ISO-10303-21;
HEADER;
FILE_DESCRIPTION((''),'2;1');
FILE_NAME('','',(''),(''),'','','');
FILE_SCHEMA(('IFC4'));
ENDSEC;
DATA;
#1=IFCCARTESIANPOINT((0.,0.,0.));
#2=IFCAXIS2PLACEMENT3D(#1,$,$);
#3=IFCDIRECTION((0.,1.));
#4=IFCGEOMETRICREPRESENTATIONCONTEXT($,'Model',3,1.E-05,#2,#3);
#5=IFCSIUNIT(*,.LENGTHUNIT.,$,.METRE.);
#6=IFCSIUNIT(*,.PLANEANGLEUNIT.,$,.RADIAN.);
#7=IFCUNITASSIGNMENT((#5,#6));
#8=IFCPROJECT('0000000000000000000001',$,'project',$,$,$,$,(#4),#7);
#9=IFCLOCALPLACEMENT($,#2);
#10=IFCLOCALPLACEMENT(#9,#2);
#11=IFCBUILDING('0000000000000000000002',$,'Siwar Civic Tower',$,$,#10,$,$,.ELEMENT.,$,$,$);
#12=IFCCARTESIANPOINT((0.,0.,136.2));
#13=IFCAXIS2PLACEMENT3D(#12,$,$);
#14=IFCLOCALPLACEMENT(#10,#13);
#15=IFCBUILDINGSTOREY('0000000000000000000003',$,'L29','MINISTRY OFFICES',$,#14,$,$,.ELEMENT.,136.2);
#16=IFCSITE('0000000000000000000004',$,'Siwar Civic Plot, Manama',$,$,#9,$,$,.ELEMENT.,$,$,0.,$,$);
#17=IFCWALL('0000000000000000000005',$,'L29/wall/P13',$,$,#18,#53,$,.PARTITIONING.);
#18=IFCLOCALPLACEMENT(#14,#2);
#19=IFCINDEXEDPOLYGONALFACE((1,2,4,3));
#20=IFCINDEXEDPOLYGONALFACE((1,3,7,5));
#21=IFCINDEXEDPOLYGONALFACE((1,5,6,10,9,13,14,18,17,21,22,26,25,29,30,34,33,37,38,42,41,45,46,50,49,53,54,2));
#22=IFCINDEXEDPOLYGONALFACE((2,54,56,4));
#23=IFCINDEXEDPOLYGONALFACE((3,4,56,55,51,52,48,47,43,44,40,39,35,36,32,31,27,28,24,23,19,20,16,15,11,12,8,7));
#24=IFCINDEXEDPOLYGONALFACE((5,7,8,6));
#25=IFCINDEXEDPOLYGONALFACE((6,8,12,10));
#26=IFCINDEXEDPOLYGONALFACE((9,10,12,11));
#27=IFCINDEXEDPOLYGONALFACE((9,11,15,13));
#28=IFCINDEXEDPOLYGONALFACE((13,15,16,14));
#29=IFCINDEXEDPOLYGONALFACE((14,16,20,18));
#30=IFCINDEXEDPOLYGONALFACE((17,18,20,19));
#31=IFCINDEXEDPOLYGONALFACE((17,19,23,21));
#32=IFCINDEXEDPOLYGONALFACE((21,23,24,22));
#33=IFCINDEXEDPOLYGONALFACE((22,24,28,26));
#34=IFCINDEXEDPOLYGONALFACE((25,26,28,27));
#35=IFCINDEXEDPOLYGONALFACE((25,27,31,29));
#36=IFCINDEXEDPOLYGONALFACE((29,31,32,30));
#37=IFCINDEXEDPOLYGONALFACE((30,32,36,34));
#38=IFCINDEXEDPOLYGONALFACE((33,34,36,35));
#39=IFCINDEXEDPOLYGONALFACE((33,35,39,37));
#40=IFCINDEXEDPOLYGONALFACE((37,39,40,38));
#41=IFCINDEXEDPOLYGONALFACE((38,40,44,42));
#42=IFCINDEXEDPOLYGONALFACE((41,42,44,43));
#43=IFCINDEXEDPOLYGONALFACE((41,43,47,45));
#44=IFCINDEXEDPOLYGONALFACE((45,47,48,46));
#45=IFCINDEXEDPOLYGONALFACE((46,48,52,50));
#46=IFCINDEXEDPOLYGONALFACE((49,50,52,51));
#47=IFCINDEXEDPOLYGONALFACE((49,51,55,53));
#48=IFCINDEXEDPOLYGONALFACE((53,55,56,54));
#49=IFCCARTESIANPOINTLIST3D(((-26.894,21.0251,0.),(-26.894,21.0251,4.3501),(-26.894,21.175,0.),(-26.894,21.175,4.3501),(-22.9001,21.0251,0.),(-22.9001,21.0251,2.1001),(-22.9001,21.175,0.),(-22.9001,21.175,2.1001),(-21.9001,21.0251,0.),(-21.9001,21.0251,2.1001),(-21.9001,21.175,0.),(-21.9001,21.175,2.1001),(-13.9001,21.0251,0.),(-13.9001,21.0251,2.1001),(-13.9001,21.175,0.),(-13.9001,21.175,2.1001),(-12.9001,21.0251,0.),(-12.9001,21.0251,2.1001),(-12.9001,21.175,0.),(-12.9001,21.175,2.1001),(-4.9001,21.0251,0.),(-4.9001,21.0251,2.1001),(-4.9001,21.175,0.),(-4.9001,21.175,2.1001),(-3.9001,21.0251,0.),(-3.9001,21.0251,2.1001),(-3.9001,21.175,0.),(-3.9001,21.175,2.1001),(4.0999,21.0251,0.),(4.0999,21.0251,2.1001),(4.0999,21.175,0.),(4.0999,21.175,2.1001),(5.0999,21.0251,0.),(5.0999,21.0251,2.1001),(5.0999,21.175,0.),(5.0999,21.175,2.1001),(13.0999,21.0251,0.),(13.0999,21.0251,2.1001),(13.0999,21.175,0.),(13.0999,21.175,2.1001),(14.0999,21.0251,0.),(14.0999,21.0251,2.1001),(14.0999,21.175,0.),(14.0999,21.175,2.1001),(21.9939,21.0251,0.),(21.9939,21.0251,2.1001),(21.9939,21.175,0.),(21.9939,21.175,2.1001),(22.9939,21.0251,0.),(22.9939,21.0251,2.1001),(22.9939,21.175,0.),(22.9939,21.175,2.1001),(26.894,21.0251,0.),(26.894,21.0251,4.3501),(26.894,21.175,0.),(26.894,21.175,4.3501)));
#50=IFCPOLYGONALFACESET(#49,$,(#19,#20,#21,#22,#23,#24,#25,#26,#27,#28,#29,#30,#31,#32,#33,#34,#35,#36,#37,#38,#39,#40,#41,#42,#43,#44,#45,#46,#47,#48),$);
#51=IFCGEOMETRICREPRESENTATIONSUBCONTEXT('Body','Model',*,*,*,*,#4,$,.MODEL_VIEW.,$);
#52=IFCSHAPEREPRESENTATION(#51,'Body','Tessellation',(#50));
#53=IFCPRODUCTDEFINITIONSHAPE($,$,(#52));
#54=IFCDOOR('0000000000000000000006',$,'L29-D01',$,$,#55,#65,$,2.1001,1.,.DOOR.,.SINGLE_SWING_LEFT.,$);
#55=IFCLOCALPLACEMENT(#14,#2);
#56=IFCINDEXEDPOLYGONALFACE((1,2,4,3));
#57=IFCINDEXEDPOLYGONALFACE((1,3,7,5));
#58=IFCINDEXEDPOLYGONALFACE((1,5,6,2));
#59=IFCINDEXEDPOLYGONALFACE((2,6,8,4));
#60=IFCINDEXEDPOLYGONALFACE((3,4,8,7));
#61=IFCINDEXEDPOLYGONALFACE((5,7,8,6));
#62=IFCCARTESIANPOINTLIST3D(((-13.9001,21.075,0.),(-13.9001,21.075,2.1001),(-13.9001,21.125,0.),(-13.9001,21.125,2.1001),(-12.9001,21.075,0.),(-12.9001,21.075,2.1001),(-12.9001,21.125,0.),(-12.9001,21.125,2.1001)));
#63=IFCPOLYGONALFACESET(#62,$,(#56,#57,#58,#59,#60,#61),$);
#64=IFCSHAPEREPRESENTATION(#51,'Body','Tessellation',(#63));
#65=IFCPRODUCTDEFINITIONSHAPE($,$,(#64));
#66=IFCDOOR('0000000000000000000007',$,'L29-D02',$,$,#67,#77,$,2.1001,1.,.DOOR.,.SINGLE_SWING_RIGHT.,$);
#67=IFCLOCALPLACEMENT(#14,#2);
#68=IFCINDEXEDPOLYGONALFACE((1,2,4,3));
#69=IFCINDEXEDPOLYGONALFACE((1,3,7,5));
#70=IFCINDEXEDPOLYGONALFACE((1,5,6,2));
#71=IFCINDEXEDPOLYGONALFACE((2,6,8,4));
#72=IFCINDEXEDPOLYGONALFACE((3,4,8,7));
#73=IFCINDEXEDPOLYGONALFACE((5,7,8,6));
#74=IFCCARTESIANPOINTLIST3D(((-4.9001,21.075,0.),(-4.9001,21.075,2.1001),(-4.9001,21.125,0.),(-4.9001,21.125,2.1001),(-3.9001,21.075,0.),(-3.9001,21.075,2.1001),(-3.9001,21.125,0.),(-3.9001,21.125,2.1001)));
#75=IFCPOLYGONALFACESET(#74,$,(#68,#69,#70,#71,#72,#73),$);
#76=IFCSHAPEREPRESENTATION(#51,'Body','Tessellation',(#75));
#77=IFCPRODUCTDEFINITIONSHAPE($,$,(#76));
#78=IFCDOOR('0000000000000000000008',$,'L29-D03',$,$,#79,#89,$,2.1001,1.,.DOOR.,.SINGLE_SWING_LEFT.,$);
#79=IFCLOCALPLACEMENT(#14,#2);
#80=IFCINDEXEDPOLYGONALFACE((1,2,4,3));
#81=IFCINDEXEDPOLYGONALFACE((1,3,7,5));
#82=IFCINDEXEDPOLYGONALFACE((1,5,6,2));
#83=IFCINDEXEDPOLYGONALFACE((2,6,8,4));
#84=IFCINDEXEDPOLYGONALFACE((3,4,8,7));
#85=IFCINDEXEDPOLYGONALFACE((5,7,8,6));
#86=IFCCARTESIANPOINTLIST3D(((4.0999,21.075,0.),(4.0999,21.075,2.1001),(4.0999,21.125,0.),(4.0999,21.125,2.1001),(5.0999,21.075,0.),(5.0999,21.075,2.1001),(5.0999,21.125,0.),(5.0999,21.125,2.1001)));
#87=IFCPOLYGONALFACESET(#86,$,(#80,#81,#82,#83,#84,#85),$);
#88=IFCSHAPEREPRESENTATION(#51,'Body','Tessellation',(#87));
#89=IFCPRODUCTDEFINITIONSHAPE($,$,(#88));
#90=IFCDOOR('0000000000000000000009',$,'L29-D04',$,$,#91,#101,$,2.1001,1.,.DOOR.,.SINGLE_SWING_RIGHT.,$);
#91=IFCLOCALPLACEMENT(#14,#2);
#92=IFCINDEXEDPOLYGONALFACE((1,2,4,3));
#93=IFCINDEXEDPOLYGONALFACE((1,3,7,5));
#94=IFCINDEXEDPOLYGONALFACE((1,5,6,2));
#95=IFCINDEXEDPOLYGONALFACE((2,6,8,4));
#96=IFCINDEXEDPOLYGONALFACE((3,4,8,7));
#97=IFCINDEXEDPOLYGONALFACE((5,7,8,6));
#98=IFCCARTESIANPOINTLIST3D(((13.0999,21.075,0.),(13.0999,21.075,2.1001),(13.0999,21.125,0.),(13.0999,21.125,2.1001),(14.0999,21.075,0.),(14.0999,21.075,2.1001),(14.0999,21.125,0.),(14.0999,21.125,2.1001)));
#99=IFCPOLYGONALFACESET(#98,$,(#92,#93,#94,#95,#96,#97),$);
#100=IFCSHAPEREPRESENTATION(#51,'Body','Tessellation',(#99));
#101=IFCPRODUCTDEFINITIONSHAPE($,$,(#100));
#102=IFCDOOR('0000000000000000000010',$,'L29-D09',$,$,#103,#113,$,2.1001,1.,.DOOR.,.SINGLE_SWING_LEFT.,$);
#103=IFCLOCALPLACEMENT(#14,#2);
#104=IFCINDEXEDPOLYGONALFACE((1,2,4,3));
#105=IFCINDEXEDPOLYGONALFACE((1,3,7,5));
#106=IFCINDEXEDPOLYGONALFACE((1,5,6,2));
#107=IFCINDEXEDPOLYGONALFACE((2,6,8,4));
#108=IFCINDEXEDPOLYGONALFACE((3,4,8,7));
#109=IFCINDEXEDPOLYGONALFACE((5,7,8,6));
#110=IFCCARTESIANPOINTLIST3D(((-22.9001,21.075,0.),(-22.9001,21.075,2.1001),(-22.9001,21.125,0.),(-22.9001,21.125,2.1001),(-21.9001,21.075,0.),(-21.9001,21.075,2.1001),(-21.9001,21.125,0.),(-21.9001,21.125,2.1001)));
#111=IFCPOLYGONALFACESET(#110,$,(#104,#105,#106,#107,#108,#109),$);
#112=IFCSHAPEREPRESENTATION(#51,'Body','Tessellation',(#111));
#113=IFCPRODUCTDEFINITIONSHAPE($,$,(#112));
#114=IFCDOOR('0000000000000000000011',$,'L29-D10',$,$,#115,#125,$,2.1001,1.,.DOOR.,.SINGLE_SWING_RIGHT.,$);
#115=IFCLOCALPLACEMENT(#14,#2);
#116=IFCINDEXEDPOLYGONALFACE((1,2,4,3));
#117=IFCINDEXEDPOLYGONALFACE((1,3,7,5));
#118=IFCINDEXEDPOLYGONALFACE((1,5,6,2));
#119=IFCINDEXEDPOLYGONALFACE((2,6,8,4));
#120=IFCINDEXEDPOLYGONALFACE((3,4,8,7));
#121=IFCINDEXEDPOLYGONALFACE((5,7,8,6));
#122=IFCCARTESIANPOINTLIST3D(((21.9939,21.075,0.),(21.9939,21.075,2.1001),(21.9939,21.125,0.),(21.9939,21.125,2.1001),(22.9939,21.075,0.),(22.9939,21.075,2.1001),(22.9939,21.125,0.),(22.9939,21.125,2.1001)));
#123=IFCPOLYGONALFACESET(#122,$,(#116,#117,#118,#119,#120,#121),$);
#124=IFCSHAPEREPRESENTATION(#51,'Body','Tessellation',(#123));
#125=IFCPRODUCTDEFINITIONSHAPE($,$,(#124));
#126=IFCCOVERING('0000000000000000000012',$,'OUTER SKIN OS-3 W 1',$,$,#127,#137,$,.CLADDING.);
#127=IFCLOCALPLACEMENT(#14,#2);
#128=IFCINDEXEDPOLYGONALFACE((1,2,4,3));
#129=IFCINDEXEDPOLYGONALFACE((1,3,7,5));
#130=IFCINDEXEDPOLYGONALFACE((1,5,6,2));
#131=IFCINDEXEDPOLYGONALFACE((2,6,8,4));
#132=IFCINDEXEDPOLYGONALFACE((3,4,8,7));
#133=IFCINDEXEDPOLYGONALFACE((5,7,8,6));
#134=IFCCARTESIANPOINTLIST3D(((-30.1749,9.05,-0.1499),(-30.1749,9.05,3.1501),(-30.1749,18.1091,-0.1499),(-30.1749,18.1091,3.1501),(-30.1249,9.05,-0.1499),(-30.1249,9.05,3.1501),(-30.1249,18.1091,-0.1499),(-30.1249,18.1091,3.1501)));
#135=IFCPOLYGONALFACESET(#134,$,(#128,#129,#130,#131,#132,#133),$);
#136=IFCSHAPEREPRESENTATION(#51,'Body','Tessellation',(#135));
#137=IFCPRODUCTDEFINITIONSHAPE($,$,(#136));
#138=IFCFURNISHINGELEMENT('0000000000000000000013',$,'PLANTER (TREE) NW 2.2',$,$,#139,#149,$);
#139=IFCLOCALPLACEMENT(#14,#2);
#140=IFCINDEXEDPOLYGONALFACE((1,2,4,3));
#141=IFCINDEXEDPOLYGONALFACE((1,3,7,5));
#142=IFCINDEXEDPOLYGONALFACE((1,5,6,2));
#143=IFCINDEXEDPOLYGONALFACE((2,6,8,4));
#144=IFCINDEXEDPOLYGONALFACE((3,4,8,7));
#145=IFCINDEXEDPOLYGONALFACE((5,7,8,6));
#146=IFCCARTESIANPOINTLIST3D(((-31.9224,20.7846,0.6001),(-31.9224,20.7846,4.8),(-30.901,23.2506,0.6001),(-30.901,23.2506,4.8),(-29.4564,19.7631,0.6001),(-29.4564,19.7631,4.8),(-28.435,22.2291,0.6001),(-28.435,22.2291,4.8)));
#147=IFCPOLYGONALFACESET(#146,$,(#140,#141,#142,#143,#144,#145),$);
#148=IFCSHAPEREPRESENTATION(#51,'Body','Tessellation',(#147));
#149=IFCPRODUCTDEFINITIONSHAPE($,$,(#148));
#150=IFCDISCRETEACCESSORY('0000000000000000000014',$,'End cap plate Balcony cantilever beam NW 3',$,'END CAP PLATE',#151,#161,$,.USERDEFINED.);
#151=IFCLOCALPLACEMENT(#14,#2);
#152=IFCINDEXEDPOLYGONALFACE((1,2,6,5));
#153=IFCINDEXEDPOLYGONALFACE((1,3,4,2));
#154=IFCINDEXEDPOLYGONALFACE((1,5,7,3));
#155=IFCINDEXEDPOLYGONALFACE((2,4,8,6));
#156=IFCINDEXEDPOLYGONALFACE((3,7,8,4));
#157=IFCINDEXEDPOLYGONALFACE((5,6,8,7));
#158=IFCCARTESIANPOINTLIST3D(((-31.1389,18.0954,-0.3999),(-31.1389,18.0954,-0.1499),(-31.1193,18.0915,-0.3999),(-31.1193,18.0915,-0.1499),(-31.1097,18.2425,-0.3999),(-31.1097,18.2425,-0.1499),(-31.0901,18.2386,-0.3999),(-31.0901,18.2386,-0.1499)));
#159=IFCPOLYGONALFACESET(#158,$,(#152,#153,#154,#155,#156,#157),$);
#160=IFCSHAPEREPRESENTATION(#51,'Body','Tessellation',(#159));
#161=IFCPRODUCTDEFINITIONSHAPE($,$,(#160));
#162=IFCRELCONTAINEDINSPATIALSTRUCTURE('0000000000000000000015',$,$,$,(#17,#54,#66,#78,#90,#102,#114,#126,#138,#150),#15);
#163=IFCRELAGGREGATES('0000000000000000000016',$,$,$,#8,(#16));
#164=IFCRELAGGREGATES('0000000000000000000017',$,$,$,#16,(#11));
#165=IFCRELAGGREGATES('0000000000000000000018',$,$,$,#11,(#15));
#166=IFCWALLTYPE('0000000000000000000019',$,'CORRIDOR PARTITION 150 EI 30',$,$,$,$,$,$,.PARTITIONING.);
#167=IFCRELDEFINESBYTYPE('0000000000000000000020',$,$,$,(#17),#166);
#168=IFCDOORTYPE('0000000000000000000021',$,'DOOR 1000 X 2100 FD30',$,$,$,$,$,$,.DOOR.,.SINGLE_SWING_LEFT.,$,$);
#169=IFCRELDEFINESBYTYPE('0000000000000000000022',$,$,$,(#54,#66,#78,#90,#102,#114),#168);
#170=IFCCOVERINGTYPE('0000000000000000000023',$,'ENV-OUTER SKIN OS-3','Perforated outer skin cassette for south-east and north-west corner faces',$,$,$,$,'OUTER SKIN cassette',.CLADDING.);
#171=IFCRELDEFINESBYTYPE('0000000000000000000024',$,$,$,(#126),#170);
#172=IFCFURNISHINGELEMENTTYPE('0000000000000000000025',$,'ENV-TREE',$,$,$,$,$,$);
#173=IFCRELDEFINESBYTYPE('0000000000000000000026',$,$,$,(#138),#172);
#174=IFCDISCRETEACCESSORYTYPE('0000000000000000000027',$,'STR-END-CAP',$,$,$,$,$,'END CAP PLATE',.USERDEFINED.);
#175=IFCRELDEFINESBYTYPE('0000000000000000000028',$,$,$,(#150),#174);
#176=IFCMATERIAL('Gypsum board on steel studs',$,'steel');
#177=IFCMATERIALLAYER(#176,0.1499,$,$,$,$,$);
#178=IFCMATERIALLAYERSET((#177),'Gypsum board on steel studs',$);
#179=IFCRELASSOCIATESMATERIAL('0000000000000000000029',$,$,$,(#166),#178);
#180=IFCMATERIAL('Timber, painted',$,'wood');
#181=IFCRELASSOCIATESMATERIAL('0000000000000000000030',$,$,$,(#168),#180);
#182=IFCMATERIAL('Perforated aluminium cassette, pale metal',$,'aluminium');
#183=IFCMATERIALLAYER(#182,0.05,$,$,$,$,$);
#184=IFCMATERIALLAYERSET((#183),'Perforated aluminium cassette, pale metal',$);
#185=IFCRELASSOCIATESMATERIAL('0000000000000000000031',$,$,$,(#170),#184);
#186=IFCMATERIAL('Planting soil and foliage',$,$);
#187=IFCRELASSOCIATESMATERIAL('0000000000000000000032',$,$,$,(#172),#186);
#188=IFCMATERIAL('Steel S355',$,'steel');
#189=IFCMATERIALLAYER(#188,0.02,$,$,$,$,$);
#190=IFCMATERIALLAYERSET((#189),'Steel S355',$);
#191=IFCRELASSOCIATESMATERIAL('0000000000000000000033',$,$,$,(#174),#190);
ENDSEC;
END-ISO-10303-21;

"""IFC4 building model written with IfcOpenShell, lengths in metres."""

from ifc_helpers import new_model, si_unit, direction, frame, frame_2d, origin, origin_2d, place, context, subcontext, project, spatial, rectangle, extrude, material, layer, layer_set, type_object, element, fill, save


model = new_model("IFC4")

# Units and contexts
model_context = context("Model", 3, precision=1e-05, world=origin(), true_north=direction((0.0, 1.0)))
body_context = subcontext(model_context, "Body", "Model", "MODEL_VIEW")
ifc_project = project(units=[si_unit("LENGTHUNIT", "METRE"), si_unit("PLANEANGLEUNIT", "RADIAN")], contexts=[model_context])

# Site, building, storey
site_placement = place(None, origin())
site = spatial("IfcSite", under=ifc_project, at=site_placement, Name="Siwar Civic Plot, Manama", CompositionType="ELEMENT", RefElevation=0.0)
building_placement = place(site_placement, origin())
building = spatial("IfcBuilding", under=site, at=building_placement, Name="Siwar Civic Tower", CompositionType="ELEMENT")
storey_placement = place(building_placement, frame((0.0, 0.0, 136.2)))
storey = spatial("IfcBuildingStorey", under=building, at=storey_placement, Name="L29", Description="MINISTRY OFFICES", CompositionType="ELEMENT", Elevation=136.2)

# Shared definitions
ifc_material_1 = material(Name="Gypsum board on steel studs", Category="steel")
ifc_layer_1 = layer(ifc_material_1, 0.1499)
ifc_layer_set_1 = layer_set([ifc_layer_1], Name="Gypsum board on steel studs")
wall_type = type_object("IfcWallType", Name="CORRIDOR PARTITION 150 EI 30", PredefinedType="PARTITIONING", material=ifc_layer_set_1)

# Wall, openings, doors
ifc_material_2 = material(Name="Timber, painted", Category="wood")
door_type = type_object("IfcDoorType", Name="DOOR 1000 X 2100 FD30", OperationType="SINGLE_SWING_LEFT", PredefinedType="DOOR", material=ifc_material_2)
wall_1_placement = place(storey_placement, frame((-26.894, 21.1001, 0.0), z_axis=(0.0, 0.0, 1.0), x_axis=(1.0, 0.0, 0.0)))
wall_1 = element("IfcWall", 1, at=wall_1_placement, inside=storey, type_object=wall_type, Name="L29/wall/P13", PredefinedType="PARTITIONING", context=body_context, shape_type="SweptSolid", body=[
    extrude(rectangle(XDim=53.7881, YDim=0.1499, at=frame_2d((26.894, 0.0))), origin(), (0.0, 0.0, 1.0), 4.3501),
])
opening_1_placement = place(wall_1_placement, frame((12.9939, 0.0, 0.0)))
opening_1 = element("IfcOpeningElement", 2, at=opening_1_placement, cuts=wall_1, PredefinedType="OPENING", context=body_context, shape_type="SweptSolid", body=[
    extrude(rectangle(XDim=1.0, YDim=2.1001, at=frame_2d((0.5, 1.05))), frame((0.0, 0.085, 0.0), z_axis=(0.0, -1.0, 0.0), x_axis=(1.0, 0.0, 0.0)), (0.0, 0.0, 1.0), 0.1699),
])
opening_2_placement = place(wall_1_placement, frame((21.9939, 0.0, 0.0)))
opening_2 = element("IfcOpeningElement", 3, at=opening_2_placement, cuts=wall_1, PredefinedType="OPENING", context=body_context, shape_type="SweptSolid", body=[
    extrude(rectangle(XDim=1.0, YDim=2.1001, at=frame_2d((0.5, 1.05))), frame((0.0, 0.085, 0.0), z_axis=(0.0, -1.0, 0.0), x_axis=(1.0, 0.0, 0.0)), (0.0, 0.0, 1.0), 0.1699),
])
opening_3_placement = place(wall_1_placement, frame((30.9939, 0.0, 0.0)))
opening_3 = element("IfcOpeningElement", 4, at=opening_3_placement, cuts=wall_1, PredefinedType="OPENING", context=body_context, shape_type="SweptSolid", body=[
    extrude(rectangle(XDim=1.0, YDim=2.1001, at=frame_2d((0.5, 1.05))), frame((0.0, 0.085, 0.0), z_axis=(0.0, -1.0, 0.0), x_axis=(1.0, 0.0, 0.0)), (0.0, 0.0, 1.0), 0.1699),
])
opening_4_placement = place(wall_1_placement, frame((39.9939, 0.0, 0.0)))
opening_4 = element("IfcOpeningElement", 5, at=opening_4_placement, cuts=wall_1, PredefinedType="OPENING", context=body_context, shape_type="SweptSolid", body=[
    extrude(rectangle(XDim=1.0, YDim=2.1001, at=frame_2d((0.5, 1.05))), frame((0.0, 0.085, 0.0), z_axis=(0.0, -1.0, 0.0), x_axis=(1.0, 0.0, 0.0)), (0.0, 0.0, 1.0), 0.1699),
])
opening_5_placement = place(wall_1_placement, frame((3.9939, 0.0, 0.0)))
opening_5 = element("IfcOpeningElement", 6, at=opening_5_placement, cuts=wall_1, PredefinedType="OPENING", context=body_context, shape_type="SweptSolid", body=[
    extrude(rectangle(XDim=1.0, YDim=2.1001, at=frame_2d((0.5, 1.05))), frame((0.0, 0.085, 0.0), z_axis=(0.0, -1.0, 0.0), x_axis=(1.0, 0.0, 0.0)), (0.0, 0.0, 1.0), 0.1699),
])
opening_6_placement = place(wall_1_placement, frame((48.8879, 0.0, 0.0)))
opening_6 = element("IfcOpeningElement", 7, at=opening_6_placement, cuts=wall_1, PredefinedType="OPENING", context=body_context, shape_type="SweptSolid", body=[
    extrude(rectangle(XDim=1.0, YDim=2.1001, at=frame_2d((0.5, 1.05))), frame((0.0, 0.085, 0.0), z_axis=(0.0, -1.0, 0.0), x_axis=(1.0, 0.0, 0.0)), (0.0, 0.0, 1.0), 0.1699),
])
door_1_placement = place(opening_1_placement, origin())
door_1 = element("IfcDoor", 8, at=door_1_placement, inside=storey, type_object=door_type, Name="L29-D01", OperationType="SINGLE_SWING_LEFT", OverallHeight=2.1001, OverallWidth=1.0, PredefinedType="DOOR", context=body_context, shape_type="SweptSolid", body=[
    extrude(rectangle(XDim=1.0, YDim=2.1001, at=frame_2d((0.5, 1.05))), frame((0.0, 0.0249, 0.0), z_axis=(0.0, -1.0, 0.0), x_axis=(1.0, 0.0, 0.0)), (0.0, 0.0, 1.0), 0.05),
])
fill(opening_1, door_1)
door_2_placement = place(opening_2_placement, origin())
door_2 = element("IfcDoor", 9, at=door_2_placement, inside=storey, type_object=door_type, Name="L29-D02", OperationType="SINGLE_SWING_RIGHT", OverallHeight=2.1001, OverallWidth=1.0, PredefinedType="DOOR", context=body_context, shape_type="SweptSolid", body=[
    extrude(rectangle(XDim=1.0, YDim=2.1001, at=frame_2d((0.5, 1.05))), frame((0.0, 0.0249, 0.0), z_axis=(0.0, -1.0, 0.0), x_axis=(1.0, 0.0, 0.0)), (0.0, 0.0, 1.0), 0.05),
])
fill(opening_2, door_2)
door_3_placement = place(opening_3_placement, origin())
door_3 = element("IfcDoor", 10, at=door_3_placement, inside=storey, type_object=door_type, Name="L29-D03", OperationType="SINGLE_SWING_LEFT", OverallHeight=2.1001, OverallWidth=1.0, PredefinedType="DOOR", context=body_context, shape_type="SweptSolid", body=[
    extrude(rectangle(XDim=1.0, YDim=2.1001, at=frame_2d((0.5, 1.05))), frame((0.0, 0.0249, 0.0), z_axis=(0.0, -1.0, 0.0), x_axis=(1.0, 0.0, 0.0)), (0.0, 0.0, 1.0), 0.05),
])
fill(opening_3, door_3)
door_4_placement = place(opening_4_placement, origin())
door_4 = element("IfcDoor", 11, at=door_4_placement, inside=storey, type_object=door_type, Name="L29-D04", OperationType="SINGLE_SWING_RIGHT", OverallHeight=2.1001, OverallWidth=1.0, PredefinedType="DOOR", context=body_context, shape_type="SweptSolid", body=[
    extrude(rectangle(XDim=1.0, YDim=2.1001, at=frame_2d((0.5, 1.05))), frame((0.0, 0.0249, 0.0), z_axis=(0.0, -1.0, 0.0), x_axis=(1.0, 0.0, 0.0)), (0.0, 0.0, 1.0), 0.05),
])
fill(opening_4, door_4)
door_5_placement = place(opening_5_placement, origin())
door_5 = element("IfcDoor", 12, at=door_5_placement, inside=storey, type_object=door_type, Name="L29-D09", OperationType="SINGLE_SWING_LEFT", OverallHeight=2.1001, OverallWidth=1.0, PredefinedType="DOOR", context=body_context, shape_type="SweptSolid", body=[
    extrude(rectangle(XDim=1.0, YDim=2.1001, at=frame_2d((0.5, 1.05))), frame((0.0, 0.0249, 0.0), z_axis=(0.0, -1.0, 0.0), x_axis=(1.0, 0.0, 0.0)), (0.0, 0.0, 1.0), 0.05),
])
fill(opening_5, door_5)
door_6_placement = place(opening_6_placement, origin())
door_6 = element("IfcDoor", 13, at=door_6_placement, inside=storey, type_object=door_type, Name="L29-D10", OperationType="SINGLE_SWING_RIGHT", OverallHeight=2.1001, OverallWidth=1.0, PredefinedType="DOOR", context=body_context, shape_type="SweptSolid", body=[
    extrude(rectangle(XDim=1.0, YDim=2.1001, at=frame_2d((0.5, 1.05))), frame((0.0, 0.0249, 0.0), z_axis=(0.0, -1.0, 0.0), x_axis=(1.0, 0.0, 0.0)), (0.0, 0.0, 1.0), 0.05),
])
fill(opening_6, door_6)

# Covering
ifc_material_3 = material(Name="Perforated aluminium cassette, pale metal", Category="aluminium")
ifc_layer_2 = layer(ifc_material_3, 0.05)
ifc_layer_set_2 = layer_set([ifc_layer_2], Name="Perforated aluminium cassette, pale metal")
covering_type = type_object("IfcCoveringType", Name="ENV-OUTER SKIN OS-3", Description="Perforated outer skin cassette for south-east and north-west corner faces", ElementType="OUTER SKIN cassette", PredefinedType="CLADDING", material=ifc_layer_set_2)
covering_placement = place(storey_placement, frame((-30.1499, 13.5796, -0.1499), z_axis=(0.0, 0.0, 1.0), x_axis=(0.0, -1.0, 0.0)))
element("IfcCovering", 14, at=covering_placement, inside=storey, type_object=covering_type, Name="OUTER SKIN OS-3 W 1", PredefinedType="CLADDING", context=body_context, shape_type="SweptSolid", body=[
    extrude(rectangle(XDim=9.0591, YDim=0.05, at=origin_2d()), origin(), (0.0, 0.0, 1.0), 3.3),
])

# Furnishing element
ifc_material_4 = material(Name="Planting soil and foliage")
furnishing_element_type = type_object("IfcFurnishingElementType", Name="ENV-TREE", material=ifc_material_4)
furnishing_placement = place(storey_placement, frame((-30.1787, 21.5068, 0.6001), z_axis=(0.0, 0.0, 1.0), x_axis=(-0.382683, -0.92388, 0.0)))
element("IfcFurnishingElement", 15, at=furnishing_placement, inside=storey, type_object=furnishing_element_type, Name="PLANTER (TREE) NW 2.2", context=body_context, shape_type="SweptSolid", body=[
    extrude(rectangle(XDim=2.6692, YDim=2.6692, at=origin_2d()), origin(), (0.0, 0.0, 1.0), 4.2),
])

# Discrete accessory
ifc_material_5 = material(Name="Steel S355", Category="steel")
ifc_layer_3 = layer(ifc_material_5, 0.02)
ifc_layer_set_3 = layer_set([ifc_layer_3], Name="Steel S355")
discrete_accessory_type = type_object("IfcDiscreteAccessoryType", Name="STR-END-CAP", ElementType="END CAP PLATE", PredefinedType="USERDEFINED", material=ifc_layer_set_3)
discrete_accessory_placement = place(storey_placement, frame((-31.1145, 18.167, -0.3999), z_axis=(0.0, 0.0, 1.0), x_axis=(-0.980785, 0.19509, 0.0)))
element("IfcDiscreteAccessory", 16, at=discrete_accessory_placement, inside=storey, type_object=discrete_accessory_type, Name="End cap plate Balcony cantilever beam NW 3", ObjectType="END CAP PLATE", PredefinedType="USERDEFINED", context=body_context, shape_type="SweptSolid", body=[
    extrude(rectangle(XDim=0.02, YDim=0.1499, at=origin_2d()), origin(), (0.0, 0.0, 1.0), 0.25),
])

save(model, "model.ifc")
